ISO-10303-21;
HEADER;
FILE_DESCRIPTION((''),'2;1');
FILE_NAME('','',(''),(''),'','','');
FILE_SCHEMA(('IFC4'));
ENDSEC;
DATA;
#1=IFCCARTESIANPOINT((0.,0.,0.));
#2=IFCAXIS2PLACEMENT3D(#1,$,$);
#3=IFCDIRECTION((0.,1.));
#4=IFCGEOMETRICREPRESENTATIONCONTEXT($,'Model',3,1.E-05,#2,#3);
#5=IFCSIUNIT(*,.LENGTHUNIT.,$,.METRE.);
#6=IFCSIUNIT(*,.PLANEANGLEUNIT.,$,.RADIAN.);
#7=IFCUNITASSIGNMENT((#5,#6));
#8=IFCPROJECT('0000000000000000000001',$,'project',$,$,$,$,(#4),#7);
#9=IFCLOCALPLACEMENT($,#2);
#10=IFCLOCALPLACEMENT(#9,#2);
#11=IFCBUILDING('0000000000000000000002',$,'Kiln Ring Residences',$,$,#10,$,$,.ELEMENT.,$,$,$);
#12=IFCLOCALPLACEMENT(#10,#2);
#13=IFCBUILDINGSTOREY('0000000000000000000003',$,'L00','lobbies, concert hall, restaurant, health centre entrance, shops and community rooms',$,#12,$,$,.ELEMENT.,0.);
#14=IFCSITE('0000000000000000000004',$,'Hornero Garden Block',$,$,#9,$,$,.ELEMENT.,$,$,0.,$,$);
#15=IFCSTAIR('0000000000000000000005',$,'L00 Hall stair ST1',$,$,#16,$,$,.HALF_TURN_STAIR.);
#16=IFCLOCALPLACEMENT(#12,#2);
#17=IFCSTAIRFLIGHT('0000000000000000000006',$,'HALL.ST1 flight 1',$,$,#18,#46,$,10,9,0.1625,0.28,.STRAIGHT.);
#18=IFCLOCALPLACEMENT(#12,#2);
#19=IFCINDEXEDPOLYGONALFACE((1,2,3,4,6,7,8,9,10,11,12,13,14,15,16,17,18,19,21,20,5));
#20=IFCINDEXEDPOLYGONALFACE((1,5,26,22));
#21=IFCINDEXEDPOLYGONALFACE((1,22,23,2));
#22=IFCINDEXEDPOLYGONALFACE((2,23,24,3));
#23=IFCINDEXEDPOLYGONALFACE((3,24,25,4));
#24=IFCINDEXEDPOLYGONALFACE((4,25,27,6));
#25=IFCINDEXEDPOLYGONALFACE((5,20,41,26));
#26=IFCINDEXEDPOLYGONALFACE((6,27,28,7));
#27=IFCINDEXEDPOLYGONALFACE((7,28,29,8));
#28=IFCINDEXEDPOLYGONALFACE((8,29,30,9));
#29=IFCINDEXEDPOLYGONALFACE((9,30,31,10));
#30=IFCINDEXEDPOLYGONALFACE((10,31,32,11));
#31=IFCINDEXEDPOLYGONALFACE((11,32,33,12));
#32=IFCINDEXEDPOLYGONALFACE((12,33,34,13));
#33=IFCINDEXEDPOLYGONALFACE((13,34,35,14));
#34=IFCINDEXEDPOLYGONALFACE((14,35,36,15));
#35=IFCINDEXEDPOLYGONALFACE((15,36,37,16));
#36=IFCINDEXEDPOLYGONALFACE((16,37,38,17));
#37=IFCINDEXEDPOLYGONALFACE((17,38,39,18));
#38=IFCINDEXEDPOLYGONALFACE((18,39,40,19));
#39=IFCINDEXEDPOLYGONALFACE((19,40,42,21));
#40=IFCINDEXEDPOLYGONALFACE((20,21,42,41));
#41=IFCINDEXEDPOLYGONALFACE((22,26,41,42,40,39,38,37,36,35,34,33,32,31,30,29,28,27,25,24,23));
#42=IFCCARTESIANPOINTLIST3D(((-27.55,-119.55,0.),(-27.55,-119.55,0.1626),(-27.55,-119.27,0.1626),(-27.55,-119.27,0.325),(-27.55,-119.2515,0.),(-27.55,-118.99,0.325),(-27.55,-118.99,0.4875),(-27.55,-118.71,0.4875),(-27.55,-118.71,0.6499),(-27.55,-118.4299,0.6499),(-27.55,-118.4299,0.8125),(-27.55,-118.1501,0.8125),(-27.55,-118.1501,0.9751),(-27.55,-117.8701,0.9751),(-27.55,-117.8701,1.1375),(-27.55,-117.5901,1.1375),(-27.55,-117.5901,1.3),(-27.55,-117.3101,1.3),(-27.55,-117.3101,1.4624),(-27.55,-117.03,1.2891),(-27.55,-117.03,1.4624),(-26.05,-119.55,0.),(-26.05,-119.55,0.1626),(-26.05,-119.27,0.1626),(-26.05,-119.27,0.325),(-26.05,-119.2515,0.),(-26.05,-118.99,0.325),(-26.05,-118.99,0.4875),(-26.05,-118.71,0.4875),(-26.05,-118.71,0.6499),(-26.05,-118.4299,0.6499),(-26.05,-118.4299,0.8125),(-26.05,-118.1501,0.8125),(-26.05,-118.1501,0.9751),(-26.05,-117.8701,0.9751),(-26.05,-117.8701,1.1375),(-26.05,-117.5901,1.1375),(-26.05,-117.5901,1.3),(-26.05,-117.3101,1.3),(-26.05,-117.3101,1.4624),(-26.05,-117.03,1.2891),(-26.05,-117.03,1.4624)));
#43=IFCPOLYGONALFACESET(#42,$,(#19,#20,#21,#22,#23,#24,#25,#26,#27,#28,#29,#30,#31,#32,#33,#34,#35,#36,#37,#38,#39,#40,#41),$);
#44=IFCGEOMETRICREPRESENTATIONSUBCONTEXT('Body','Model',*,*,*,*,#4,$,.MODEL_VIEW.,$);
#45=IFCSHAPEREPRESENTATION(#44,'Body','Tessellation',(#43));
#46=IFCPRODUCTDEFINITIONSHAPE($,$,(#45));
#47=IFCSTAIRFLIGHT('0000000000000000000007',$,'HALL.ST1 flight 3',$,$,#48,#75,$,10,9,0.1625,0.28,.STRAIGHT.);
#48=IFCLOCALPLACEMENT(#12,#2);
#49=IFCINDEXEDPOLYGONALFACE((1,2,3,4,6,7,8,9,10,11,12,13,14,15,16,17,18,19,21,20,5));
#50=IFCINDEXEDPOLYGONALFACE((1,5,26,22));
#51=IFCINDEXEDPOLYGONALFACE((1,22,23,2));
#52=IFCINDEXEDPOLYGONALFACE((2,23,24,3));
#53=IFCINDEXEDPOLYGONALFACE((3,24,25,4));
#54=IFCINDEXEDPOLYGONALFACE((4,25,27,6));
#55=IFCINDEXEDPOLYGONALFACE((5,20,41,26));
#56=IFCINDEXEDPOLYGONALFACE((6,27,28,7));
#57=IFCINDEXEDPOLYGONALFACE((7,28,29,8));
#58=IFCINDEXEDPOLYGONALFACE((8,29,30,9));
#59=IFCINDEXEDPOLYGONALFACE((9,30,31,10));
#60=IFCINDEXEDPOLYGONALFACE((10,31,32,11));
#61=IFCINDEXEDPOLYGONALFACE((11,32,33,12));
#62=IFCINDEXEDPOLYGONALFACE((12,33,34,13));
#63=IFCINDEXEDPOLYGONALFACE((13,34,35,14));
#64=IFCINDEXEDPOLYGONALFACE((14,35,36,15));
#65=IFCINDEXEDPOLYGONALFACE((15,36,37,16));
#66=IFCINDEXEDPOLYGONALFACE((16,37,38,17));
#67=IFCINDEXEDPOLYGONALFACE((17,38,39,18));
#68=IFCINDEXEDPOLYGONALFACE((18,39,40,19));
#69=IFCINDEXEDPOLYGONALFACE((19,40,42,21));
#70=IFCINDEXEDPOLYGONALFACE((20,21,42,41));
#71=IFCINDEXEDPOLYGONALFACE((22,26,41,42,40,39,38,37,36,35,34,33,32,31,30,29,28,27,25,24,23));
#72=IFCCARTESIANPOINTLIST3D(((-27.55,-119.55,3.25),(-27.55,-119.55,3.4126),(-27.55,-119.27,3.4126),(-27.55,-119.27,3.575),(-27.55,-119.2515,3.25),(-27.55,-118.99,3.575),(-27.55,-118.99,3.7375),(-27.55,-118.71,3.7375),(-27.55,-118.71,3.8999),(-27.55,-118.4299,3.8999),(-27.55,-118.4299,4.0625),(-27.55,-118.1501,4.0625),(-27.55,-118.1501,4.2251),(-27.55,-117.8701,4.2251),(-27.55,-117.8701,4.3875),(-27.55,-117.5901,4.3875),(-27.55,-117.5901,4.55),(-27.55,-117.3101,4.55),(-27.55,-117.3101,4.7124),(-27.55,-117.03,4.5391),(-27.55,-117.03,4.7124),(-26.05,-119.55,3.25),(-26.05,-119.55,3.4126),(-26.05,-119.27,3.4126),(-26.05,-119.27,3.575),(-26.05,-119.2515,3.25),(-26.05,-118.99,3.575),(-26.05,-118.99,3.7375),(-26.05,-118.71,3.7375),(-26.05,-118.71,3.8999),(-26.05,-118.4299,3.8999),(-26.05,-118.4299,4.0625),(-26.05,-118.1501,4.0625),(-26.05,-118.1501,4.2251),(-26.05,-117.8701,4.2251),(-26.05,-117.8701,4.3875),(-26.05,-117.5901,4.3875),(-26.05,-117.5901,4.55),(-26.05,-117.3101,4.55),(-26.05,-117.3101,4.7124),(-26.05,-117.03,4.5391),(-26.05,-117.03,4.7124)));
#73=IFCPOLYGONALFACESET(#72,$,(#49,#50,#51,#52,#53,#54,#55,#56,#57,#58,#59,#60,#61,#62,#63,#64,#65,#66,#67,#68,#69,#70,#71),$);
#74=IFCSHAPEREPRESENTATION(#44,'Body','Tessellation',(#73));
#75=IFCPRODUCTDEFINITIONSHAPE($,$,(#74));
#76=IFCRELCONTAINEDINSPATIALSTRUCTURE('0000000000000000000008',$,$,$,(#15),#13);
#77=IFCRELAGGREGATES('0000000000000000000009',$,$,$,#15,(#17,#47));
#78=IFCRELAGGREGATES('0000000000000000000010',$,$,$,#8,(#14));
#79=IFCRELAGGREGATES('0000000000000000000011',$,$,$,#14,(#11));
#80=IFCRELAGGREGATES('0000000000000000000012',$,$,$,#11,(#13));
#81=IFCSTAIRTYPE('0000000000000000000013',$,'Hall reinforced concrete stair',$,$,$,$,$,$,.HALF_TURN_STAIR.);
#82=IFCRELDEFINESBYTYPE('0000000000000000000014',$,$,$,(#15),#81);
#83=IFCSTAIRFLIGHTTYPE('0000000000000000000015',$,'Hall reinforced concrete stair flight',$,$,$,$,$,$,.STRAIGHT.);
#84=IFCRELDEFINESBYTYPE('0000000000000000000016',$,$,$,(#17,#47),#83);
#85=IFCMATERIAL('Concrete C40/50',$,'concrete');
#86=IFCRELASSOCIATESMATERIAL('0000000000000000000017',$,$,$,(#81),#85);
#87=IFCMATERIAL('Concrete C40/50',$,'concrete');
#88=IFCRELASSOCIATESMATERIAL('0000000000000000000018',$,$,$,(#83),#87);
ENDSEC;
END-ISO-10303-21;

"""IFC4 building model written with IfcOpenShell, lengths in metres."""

from ifc_helpers import new_model, si_unit, direction, frame, origin, place, context, subcontext, project, spatial, polyline, outline, extrude, material, type_object, element, aggregate, save


model = new_model("IFC4")

# Units and contexts
model_context = context("Model", 3, precision=1e-05, world=origin(), true_north=direction((0.0, 1.0)))
body_context = subcontext(model_context, "Body", "Model", "MODEL_VIEW")
ifc_project = project(units=[si_unit("LENGTHUNIT", "METRE"), si_unit("PLANEANGLEUNIT", "RADIAN")], contexts=[model_context])

# Site, building, storey
site_placement = place(None, origin())
site = spatial("IfcSite", under=ifc_project, at=site_placement, Name="Hornero Garden Block", CompositionType="ELEMENT", RefElevation=0.0)
building_placement = place(site_placement, origin())
building = spatial("IfcBuilding", under=site, at=building_placement, Name="Kiln Ring Residences", CompositionType="ELEMENT")
storey_placement = place(building_placement, origin())
storey = spatial("IfcBuildingStorey", under=building, at=storey_placement, Name="L00", Description="lobbies, concert hall, restaurant, health centre entrance, shops and community rooms", CompositionType="ELEMENT", Elevation=0.0)

# Stair, stair flights
ifc_material_1 = material(Name="Concrete C40/50", Category="concrete")
stair_type = type_object("IfcStairType", Name="Hall reinforced concrete stair", PredefinedType="HALF_TURN_STAIR", material=ifc_material_1)
stair_placement = place(storey_placement, origin())
stair = element("IfcStair", 1, at=stair_placement, inside=storey, type_object=stair_type, Name="L00 Hall stair ST1", PredefinedType="HALF_TURN_STAIR")
ifc_material_2 = material(Name="Concrete C40/50", Category="concrete")
stair_flight_type = type_object("IfcStairFlightType", Name="Hall reinforced concrete stair flight", PredefinedType="STRAIGHT", material=ifc_material_2)
stair_flight_1_placement = place(storey_placement, frame((-26.8, -119.55, 0.0), z_axis=(0.0, 0.0, 1.0), x_axis=(0.0, 1.0, 0.0)))
stair_flight_1 = element("IfcStairFlight", 2, at=stair_flight_1_placement, type_object=stair_flight_type, Name="HALL.ST1 flight 1", NumberOfRisers=10, NumberOfTreads=9, PredefinedType="STRAIGHT", RiserHeight=0.1625, TreadLength=0.28, context=body_context, shape_type="SweptSolid", body=[
    extrude(outline(polyline([(0.0, 0.0), (0.0, 0.1626), (0.28, 0.1626), (0.28, 0.325), (0.5601, 0.325), (0.5601, 0.4875), (0.8401, 0.4875), (0.8401, 0.6499), (1.1201, 0.6499), (1.1201, 0.8125), (1.3999, 0.8125), (1.3999, 0.9751), (1.6799, 0.9751), (1.6799, 1.1375), (1.96, 1.1375), (1.96, 1.3), (2.24, 1.3), (2.24, 1.4624), (2.52, 1.4624), (2.52, 1.625), (2.52, 1.2891), (0.2986, 0.0), (0.0, 0.0)])), frame((0.0, 0.75, 0.0), z_axis=(0.0, -1.0, 0.0), x_axis=(1.0, 0.0, 0.0)), (0.0, 0.0, 1.0), 1.5),
])
stair_flight_2_placement = place(storey_placement, frame((-26.8, -119.55, 3.25), z_axis=(0.0, 0.0, 1.0), x_axis=(0.0, 1.0, 0.0)))
stair_flight_2 = element("IfcStairFlight", 3, at=stair_flight_2_placement, type_object=stair_flight_type, Name="HALL.ST1 flight 3", NumberOfRisers=10, NumberOfTreads=9, PredefinedType="STRAIGHT", RiserHeight=0.1625, TreadLength=0.28, context=body_context, shape_type="SweptSolid", body=[
    extrude(outline(polyline([(0.0, 0.0), (0.0, 0.1626), (0.28, 0.1626), (0.28, 0.325), (0.5601, 0.325), (0.5601, 0.4875), (0.8401, 0.4875), (0.8401, 0.6499), (1.1201, 0.6499), (1.1201, 0.8125), (1.3999, 0.8125), (1.3999, 0.9751), (1.6799, 0.9751), (1.6799, 1.1375), (1.96, 1.1375), (1.96, 1.3), (2.24, 1.3), (2.24, 1.4624), (2.52, 1.4624), (2.52, 1.625), (2.52, 1.2891), (0.2986, 0.0), (0.0, 0.0)])), frame((0.0, 0.75, 0.0), z_axis=(0.0, -1.0, 0.0), x_axis=(1.0, 0.0, 0.0)), (0.0, 0.0, 1.0), 1.5),
])
aggregate(stair, [stair_flight_1, stair_flight_2])

save(model, "model.ifc")
